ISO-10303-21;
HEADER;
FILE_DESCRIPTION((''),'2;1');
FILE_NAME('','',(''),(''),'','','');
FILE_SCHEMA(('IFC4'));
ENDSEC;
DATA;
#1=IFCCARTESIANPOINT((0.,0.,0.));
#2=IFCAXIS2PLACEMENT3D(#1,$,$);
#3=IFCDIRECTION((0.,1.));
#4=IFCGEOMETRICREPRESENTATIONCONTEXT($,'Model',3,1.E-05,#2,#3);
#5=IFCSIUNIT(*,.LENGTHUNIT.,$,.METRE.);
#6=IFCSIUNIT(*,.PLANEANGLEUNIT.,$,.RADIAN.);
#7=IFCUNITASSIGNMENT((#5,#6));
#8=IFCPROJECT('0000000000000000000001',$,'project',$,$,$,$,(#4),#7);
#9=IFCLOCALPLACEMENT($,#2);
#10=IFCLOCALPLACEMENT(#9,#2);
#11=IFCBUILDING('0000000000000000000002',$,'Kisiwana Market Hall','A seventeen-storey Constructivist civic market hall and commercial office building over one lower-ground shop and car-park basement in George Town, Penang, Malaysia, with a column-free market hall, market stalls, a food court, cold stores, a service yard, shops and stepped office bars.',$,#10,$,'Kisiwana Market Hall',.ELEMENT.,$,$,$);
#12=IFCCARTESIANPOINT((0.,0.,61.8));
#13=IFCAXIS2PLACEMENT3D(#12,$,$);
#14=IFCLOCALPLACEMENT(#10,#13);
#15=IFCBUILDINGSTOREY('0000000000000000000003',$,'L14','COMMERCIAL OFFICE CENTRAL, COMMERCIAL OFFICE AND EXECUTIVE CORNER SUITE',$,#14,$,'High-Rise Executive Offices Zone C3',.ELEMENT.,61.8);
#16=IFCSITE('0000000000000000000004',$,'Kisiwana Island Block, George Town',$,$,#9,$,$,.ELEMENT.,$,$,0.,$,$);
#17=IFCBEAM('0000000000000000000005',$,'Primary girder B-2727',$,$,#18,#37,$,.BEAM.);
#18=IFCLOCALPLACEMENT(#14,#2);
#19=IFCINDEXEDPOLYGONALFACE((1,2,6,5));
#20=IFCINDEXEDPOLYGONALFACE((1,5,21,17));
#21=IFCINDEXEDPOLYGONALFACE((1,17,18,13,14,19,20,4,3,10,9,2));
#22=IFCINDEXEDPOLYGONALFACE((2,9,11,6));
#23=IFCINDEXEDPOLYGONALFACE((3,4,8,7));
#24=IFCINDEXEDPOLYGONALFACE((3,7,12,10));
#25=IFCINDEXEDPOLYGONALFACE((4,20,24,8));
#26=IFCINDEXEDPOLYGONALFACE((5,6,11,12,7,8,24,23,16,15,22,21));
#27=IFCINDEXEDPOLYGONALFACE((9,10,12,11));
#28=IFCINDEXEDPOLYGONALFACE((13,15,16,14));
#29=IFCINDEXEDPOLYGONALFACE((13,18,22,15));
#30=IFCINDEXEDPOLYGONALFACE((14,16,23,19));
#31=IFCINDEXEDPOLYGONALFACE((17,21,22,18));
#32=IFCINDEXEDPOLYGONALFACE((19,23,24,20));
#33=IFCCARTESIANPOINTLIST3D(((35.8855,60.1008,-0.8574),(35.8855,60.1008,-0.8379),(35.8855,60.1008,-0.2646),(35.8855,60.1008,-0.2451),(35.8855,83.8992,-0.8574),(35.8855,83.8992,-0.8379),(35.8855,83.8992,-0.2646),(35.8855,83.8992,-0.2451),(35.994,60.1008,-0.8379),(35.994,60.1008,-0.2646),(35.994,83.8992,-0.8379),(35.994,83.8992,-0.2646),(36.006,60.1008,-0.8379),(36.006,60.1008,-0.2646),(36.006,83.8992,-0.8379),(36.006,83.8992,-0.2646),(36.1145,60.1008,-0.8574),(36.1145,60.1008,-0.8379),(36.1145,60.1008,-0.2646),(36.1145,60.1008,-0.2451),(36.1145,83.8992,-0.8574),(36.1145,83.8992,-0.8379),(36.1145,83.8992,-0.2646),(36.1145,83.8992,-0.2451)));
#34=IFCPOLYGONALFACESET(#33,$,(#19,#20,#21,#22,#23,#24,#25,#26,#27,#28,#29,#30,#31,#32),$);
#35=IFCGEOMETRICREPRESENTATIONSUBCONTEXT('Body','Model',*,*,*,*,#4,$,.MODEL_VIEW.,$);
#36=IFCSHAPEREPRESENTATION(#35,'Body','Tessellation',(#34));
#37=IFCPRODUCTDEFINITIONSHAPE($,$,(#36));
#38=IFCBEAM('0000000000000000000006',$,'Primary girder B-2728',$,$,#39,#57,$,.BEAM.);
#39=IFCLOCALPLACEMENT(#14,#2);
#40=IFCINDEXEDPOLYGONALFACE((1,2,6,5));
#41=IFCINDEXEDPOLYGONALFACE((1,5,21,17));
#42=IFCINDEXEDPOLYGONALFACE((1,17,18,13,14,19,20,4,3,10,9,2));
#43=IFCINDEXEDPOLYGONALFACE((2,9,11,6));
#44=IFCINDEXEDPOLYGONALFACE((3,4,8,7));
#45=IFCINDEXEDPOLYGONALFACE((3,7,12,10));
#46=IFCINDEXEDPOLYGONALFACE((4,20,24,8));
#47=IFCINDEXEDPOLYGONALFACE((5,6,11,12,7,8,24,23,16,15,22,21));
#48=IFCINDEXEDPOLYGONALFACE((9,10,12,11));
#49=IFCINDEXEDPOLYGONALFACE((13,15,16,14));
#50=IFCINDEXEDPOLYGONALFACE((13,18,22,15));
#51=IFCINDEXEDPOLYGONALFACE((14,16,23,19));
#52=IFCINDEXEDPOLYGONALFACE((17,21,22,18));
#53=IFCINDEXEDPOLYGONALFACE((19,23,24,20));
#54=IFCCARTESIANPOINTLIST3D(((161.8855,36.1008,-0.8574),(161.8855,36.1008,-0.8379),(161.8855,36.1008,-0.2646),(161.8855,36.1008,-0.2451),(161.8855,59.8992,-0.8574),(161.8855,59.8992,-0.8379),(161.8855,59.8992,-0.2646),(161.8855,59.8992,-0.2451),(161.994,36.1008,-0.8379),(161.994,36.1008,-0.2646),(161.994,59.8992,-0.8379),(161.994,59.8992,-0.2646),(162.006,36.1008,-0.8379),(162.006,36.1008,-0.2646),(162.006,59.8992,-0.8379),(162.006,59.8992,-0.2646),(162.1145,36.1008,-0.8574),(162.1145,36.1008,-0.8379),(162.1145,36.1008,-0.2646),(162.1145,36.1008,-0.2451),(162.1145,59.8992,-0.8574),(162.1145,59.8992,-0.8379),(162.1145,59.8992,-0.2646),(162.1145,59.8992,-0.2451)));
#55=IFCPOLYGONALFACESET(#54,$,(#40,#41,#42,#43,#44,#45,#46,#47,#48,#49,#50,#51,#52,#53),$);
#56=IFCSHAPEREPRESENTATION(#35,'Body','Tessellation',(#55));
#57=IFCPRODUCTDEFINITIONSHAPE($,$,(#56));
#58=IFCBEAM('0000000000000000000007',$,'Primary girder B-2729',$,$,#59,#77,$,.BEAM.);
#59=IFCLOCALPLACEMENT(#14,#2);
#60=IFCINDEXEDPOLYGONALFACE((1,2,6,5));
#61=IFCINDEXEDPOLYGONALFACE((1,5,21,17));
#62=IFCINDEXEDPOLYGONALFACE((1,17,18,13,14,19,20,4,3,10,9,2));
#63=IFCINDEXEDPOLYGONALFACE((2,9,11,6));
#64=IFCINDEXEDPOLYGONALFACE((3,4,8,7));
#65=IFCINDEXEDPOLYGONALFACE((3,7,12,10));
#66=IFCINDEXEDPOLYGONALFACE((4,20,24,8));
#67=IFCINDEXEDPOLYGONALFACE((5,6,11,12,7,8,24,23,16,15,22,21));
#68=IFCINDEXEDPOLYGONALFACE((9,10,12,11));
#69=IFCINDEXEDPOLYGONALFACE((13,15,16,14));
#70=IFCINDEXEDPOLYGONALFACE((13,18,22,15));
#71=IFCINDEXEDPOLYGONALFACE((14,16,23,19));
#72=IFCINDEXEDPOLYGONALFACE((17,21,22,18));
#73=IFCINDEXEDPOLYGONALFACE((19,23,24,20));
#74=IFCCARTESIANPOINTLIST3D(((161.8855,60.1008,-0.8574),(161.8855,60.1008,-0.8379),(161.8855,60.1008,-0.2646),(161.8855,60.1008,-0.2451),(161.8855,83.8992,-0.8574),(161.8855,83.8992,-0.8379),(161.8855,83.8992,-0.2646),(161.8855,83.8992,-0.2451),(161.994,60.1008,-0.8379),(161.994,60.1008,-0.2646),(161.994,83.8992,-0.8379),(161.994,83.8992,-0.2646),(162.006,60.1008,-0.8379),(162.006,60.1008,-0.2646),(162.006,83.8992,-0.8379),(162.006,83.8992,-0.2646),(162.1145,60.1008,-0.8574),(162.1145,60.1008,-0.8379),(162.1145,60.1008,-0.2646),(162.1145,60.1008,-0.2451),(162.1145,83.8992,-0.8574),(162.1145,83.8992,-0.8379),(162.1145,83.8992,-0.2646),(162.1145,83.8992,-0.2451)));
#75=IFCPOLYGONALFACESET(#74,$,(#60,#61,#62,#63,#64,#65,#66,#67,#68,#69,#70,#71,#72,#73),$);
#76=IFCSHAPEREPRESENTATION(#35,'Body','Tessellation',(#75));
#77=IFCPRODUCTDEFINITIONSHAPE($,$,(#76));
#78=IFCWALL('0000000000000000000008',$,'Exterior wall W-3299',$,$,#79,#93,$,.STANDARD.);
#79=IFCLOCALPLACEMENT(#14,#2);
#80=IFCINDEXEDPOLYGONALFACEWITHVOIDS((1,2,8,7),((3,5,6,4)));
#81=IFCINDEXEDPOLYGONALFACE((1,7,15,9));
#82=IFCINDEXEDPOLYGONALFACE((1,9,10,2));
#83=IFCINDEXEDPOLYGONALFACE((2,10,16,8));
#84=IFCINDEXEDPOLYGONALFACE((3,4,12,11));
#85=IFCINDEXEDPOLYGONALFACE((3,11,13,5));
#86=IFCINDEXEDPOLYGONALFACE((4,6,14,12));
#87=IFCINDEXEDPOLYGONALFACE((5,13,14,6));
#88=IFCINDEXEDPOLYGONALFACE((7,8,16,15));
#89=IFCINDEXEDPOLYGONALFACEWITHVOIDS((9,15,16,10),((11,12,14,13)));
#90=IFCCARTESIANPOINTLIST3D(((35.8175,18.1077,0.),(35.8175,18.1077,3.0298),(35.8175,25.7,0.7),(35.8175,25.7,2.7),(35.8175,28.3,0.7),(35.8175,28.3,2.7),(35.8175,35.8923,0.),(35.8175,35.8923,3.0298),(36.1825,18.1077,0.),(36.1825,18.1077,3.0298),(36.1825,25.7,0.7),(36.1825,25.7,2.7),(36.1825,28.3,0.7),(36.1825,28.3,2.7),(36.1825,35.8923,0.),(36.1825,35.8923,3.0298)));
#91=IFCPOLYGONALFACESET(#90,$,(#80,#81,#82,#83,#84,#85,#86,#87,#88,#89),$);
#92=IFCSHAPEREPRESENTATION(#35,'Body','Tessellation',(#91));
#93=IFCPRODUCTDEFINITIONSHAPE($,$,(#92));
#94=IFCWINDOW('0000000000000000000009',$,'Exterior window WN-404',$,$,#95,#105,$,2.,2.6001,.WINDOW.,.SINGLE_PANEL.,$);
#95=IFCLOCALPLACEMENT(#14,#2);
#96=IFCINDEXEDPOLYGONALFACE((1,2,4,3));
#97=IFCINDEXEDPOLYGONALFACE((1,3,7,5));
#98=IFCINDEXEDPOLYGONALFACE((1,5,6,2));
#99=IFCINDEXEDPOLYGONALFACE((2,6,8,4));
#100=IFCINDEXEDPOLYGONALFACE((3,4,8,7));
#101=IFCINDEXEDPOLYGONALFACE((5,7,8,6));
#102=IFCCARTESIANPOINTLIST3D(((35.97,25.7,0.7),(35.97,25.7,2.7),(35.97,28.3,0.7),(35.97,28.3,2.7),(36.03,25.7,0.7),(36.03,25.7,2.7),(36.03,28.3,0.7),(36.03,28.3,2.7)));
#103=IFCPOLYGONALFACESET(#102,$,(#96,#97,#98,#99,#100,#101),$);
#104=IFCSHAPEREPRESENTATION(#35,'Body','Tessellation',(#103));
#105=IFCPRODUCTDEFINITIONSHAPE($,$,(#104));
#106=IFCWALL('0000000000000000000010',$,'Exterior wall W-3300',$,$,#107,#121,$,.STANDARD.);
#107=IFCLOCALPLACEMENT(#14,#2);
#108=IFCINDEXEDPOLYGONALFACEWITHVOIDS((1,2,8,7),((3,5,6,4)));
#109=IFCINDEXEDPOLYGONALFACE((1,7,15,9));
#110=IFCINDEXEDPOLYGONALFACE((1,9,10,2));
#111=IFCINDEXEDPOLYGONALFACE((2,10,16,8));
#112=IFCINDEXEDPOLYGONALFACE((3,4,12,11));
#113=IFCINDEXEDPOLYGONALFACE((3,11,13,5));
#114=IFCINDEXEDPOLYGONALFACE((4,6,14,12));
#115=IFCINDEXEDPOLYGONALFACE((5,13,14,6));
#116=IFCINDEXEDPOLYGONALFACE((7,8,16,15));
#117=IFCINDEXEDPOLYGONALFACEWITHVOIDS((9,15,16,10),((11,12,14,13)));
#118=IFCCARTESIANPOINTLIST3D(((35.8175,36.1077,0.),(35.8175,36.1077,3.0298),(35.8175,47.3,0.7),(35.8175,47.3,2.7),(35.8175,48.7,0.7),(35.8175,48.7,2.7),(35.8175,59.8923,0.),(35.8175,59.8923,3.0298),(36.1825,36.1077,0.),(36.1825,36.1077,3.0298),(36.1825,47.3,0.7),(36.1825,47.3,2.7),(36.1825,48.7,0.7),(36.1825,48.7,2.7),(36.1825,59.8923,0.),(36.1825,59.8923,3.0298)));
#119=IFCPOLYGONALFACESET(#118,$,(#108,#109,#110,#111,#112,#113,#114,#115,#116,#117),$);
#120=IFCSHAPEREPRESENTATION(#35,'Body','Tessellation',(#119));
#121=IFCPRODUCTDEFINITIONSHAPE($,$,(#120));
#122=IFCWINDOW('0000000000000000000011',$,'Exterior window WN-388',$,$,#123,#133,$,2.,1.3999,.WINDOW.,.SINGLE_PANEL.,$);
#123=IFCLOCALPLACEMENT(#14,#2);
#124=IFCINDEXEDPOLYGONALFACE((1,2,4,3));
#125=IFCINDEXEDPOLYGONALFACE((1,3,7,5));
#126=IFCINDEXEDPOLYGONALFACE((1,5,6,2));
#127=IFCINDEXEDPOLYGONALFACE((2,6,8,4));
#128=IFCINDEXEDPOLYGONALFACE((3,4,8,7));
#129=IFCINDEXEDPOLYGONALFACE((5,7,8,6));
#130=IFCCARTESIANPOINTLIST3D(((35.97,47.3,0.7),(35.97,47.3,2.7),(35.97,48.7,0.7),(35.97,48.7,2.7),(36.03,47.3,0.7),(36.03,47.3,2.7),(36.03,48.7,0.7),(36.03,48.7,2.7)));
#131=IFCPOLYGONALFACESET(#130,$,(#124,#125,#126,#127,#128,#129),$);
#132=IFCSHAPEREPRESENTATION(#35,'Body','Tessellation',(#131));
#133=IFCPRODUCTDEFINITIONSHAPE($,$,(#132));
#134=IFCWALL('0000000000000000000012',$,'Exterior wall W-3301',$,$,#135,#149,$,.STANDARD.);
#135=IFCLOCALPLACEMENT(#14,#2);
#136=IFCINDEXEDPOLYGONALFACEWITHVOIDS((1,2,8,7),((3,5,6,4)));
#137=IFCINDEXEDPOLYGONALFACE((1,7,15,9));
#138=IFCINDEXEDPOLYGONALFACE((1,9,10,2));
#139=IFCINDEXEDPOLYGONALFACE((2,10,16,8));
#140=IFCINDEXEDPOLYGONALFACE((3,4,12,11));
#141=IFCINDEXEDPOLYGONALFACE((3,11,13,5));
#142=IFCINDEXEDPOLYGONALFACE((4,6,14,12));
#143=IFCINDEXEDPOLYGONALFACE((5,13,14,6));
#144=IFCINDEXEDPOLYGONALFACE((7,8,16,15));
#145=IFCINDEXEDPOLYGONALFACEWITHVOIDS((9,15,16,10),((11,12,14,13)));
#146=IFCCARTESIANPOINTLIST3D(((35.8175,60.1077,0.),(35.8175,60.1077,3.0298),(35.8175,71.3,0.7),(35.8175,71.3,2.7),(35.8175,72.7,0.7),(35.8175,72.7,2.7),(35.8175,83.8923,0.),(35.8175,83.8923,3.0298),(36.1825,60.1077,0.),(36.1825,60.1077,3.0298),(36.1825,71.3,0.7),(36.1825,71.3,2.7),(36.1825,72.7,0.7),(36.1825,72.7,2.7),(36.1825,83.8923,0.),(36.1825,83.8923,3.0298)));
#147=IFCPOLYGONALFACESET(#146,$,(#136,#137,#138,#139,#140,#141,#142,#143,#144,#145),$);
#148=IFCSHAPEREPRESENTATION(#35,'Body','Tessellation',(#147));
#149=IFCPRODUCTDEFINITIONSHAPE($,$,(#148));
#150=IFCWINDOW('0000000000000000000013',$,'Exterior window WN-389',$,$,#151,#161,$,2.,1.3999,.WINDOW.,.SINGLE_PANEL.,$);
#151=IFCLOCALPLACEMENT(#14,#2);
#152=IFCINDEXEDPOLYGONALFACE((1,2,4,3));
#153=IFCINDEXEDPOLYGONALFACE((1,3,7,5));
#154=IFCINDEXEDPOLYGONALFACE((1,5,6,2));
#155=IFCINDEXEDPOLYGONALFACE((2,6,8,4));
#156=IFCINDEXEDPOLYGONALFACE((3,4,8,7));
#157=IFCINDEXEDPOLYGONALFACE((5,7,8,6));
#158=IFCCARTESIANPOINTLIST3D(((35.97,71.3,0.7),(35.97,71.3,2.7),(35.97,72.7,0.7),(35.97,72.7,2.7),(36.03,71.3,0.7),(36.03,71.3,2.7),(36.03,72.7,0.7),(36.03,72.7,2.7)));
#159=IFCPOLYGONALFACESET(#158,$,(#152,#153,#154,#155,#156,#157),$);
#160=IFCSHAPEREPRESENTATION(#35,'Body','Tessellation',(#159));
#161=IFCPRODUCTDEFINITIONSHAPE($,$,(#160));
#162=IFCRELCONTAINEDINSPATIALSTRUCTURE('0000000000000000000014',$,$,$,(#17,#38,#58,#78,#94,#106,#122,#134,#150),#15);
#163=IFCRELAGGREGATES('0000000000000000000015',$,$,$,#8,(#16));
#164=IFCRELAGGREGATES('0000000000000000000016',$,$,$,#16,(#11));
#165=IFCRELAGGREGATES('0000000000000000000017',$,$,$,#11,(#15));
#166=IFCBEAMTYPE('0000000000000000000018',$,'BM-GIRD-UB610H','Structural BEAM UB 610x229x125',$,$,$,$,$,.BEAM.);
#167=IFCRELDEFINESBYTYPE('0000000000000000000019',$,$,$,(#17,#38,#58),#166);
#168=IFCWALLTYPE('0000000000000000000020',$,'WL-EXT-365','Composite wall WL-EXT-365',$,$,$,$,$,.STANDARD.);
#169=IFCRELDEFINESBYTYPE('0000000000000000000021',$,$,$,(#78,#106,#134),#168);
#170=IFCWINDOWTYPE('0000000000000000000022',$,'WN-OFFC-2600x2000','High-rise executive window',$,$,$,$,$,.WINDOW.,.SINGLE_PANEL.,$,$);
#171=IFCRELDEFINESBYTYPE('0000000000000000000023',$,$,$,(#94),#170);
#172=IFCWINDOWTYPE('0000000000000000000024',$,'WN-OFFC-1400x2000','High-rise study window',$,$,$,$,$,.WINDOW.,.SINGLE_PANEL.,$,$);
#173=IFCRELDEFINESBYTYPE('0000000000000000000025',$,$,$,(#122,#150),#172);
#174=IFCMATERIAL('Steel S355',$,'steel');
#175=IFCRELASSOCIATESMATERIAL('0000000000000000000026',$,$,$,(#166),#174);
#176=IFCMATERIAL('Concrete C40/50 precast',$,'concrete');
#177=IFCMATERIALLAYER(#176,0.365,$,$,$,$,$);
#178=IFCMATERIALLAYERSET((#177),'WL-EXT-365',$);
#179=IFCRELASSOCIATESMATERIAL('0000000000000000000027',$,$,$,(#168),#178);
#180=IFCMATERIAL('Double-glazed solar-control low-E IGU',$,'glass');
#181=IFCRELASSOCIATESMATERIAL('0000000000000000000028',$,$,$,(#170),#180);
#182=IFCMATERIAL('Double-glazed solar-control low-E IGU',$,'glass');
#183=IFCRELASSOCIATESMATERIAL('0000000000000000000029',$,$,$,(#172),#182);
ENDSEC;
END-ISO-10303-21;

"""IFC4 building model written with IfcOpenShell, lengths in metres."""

from ifc_helpers import new_model, si_unit, direction, frame, frame_2d, origin, origin_2d, place, context, subcontext, project, spatial, rectangle, i_section, extrude, material, layer, layer_set, material_profile, profile_set, type_object, element, fill, save


model = new_model("IFC4")

# Units and contexts
model_context = context("Model", 3, precision=1e-05, world=origin(), true_north=direction((0.0, 1.0)))
body_context = subcontext(model_context, "Body", "Model", "MODEL_VIEW")
ifc_project = project(units=[si_unit("LENGTHUNIT", "METRE"), si_unit("PLANEANGLEUNIT", "RADIAN")], contexts=[model_context])

# Site, building, storey
site_placement = place(None, origin())
site = spatial("IfcSite", under=ifc_project, at=site_placement, Name="Kisiwana Island Block, George Town", CompositionType="ELEMENT", RefElevation=0.0)
building_placement = place(site_placement, origin())
building = spatial("IfcBuilding", under=site, at=building_placement, Name="Kisiwana Market Hall", Description="A seventeen-storey Constructivist civic market hall and commercial office building over one lower-ground shop and car-park basement in George Town, Penang, Malaysia, with a column-free market hall, market stalls, a food court, cold stores, a service yard, shops and stepped office bars.", LongName="Kisiwana Market Hall", CompositionType="ELEMENT")
storey_placement = place(building_placement, frame((0.0, 0.0, 61.8)))
storey = spatial("IfcBuildingStorey", under=building, at=storey_placement, Name="L14", Description="COMMERCIAL OFFICE CENTRAL, COMMERCIAL OFFICE AND EXECUTIVE CORNER SUITE", LongName="High-Rise Executive Offices Zone C3", CompositionType="ELEMENT", Elevation=61.8)

# Beams
ifc_material_1 = material(Name="Steel S355", Category="steel")
ifc_material_profile_1 = material_profile(ifc_material_1, i_section(OverallWidth=0.229, OverallDepth=0.6123, WebThickness=0.012, FlangeThickness=0.0195, at=origin_2d()), Name="UB 610x229x125")
ifc_profile_set_1 = profile_set([ifc_material_profile_1], Name="Steel S355")
beam_type = type_object("IfcBeamType", Name="BM-GIRD-UB610H", Description="Structural BEAM UB 610x229x125", PredefinedType="BEAM", material=ifc_profile_set_1)
for number, where, z_axis, x_axis, name in (
    (1, (36.0, 60.1008, -0.5513), (0.0, 1.0, 0.0), (-1.0, 0.0, 0.0), "Primary girder B-2727"),
    (2, (162.0, 36.1008, -0.5513), (0.0, 1.0, 0.0), (-1.0, 0.0, 0.0), "Primary girder B-2728"),
    (3, (162.0, 60.1008, -0.5513), (0.0, 1.0, 0.0), (-1.0, 0.0, 0.0), "Primary girder B-2729"),
):
    element("IfcBeam", number, at=place(storey_placement, frame(where, z_axis=z_axis, x_axis=x_axis)), inside=storey, type_object=beam_type, Name=name, PredefinedType="BEAM", context=body_context, shape_type="SweptSolid", body=[
        extrude(i_section(OverallWidth=0.229, OverallDepth=0.6123, WebThickness=0.012, FlangeThickness=0.0195, at=origin_2d()), origin(), (0.0, 0.0, 1.0), 23.7983),
    ])

# Walls, openings, windows
ifc_material_2 = material(Name="Concrete C40/50 precast", Category="concrete")
ifc_layer = layer(ifc_material_2, 0.365)
ifc_layer_set = layer_set([ifc_layer], Name="WL-EXT-365")
wall_type = type_object("IfcWallType", Name="WL-EXT-365", Description="Composite wall WL-EXT-365", PredefinedType="STANDARD", material=ifc_layer_set)
wall_1_placement = place(storey_placement, frame((36.0, 18.1077, 0.0), z_axis=(0.0, 0.0, 1.0), x_axis=(0.0, 1.0, 0.0)))
wall_1 = element("IfcWall", 4, at=wall_1_placement, inside=storey, type_object=wall_type, Name="Exterior wall W-3299", PredefinedType="STANDARD", context=body_context, shape_type="SweptSolid", body=[
    extrude(rectangle(XDim=17.7847, YDim=0.365, at=frame_2d((8.8923, 0.0))), origin(), (0.0, 0.0, 1.0), 3.0298),
])
opening_1_placement = place(wall_1_placement, frame((7.5923, 0.0, 0.7)))
opening_1 = element("IfcOpeningElement", 5, at=opening_1_placement, cuts=wall_1, PredefinedType="OPENING", context=body_context, shape_type="SweptSolid", body=[
    extrude(rectangle(XDim=2.6001, YDim=2.0, at=frame_2d((1.3, 1.0))), frame((0.0, 0.1943, 0.0), z_axis=(0.0, -1.0, 0.0), x_axis=(1.0, 0.0, 0.0)), (0.0, 0.0, 1.0), 0.3889),
])
ifc_material_3 = material(Name="Double-glazed solar-control low-E IGU", Category="glass")
window_type_1 = type_object("IfcWindowType", Name="WN-OFFC-2600x2000", Description="High-rise executive window", PartitioningType="SINGLE_PANEL", PredefinedType="WINDOW", material=ifc_material_3)
window_1_placement = place(opening_1_placement, origin())
window_1 = element("IfcWindow", 6, at=window_1_placement, inside=storey, type_object=window_type_1, Name="Exterior window WN-404", OverallHeight=2.0, OverallWidth=2.6001, PartitioningType="SINGLE_PANEL", PredefinedType="WINDOW", context=body_context, shape_type="SweptSolid", body=[
    extrude(rectangle(XDim=2.6001, YDim=2.0, at=frame_2d((1.3, 1.0))), frame((0.0, 0.03, 0.0), z_axis=(0.0, -1.0, 0.0), x_axis=(1.0, 0.0, 0.0)), (0.0, 0.0, 1.0), 0.0601),
])
fill(opening_1, window_1)
wall_2_placement = place(storey_placement, frame((36.0, 36.1077, 0.0), z_axis=(0.0, 0.0, 1.0), x_axis=(0.0, 1.0, 0.0)))
wall_2 = element("IfcWall", 7, at=wall_2_placement, inside=storey, type_object=wall_type, Name="Exterior wall W-3300", PredefinedType="STANDARD", context=body_context, shape_type="SweptSolid", body=[
    extrude(rectangle(XDim=23.7847, YDim=0.365, at=frame_2d((11.8923, 0.0))), origin(), (0.0, 0.0, 1.0), 3.0298),
])
opening_2_placement = place(wall_2_placement, frame((11.1924, 0.0, 0.7)))
opening_2 = element("IfcOpeningElement", 8, at=opening_2_placement, cuts=wall_2, PredefinedType="OPENING", context=body_context, shape_type="SweptSolid", body=[
    extrude(rectangle(XDim=1.3999, YDim=2.0, at=frame_2d((0.7, 1.0))), frame((0.0, 0.1943, 0.0), z_axis=(0.0, -1.0, 0.0), x_axis=(1.0, 0.0, 0.0)), (0.0, 0.0, 1.0), 0.3889),
])
ifc_material_4 = material(Name="Double-glazed solar-control low-E IGU", Category="glass")
window_type_2 = type_object("IfcWindowType", Name="WN-OFFC-1400x2000", Description="High-rise study window", PartitioningType="SINGLE_PANEL", PredefinedType="WINDOW", material=ifc_material_4)
window_2_placement = place(opening_2_placement, origin())
window_2 = element("IfcWindow", 9, at=window_2_placement, inside=storey, type_object=window_type_2, Name="Exterior window WN-388", OverallHeight=2.0, OverallWidth=1.3999, PartitioningType="SINGLE_PANEL", PredefinedType="WINDOW", context=body_context, shape_type="SweptSolid", body=[
    extrude(rectangle(XDim=1.3999, YDim=2.0, at=frame_2d((0.7, 1.0))), frame((0.0, 0.03, 0.0), z_axis=(0.0, -1.0, 0.0), x_axis=(1.0, 0.0, 0.0)), (0.0, 0.0, 1.0), 0.0601),
])
fill(opening_2, window_2)
wall_3_placement = place(storey_placement, frame((36.0, 60.1077, 0.0), z_axis=(0.0, 0.0, 1.0), x_axis=(0.0, 1.0, 0.0)))
wall_3 = element("IfcWall", 10, at=wall_3_placement, inside=storey, type_object=wall_type, Name="Exterior wall W-3301", PredefinedType="STANDARD", context=body_context, shape_type="SweptSolid", body=[
    extrude(rectangle(XDim=23.7847, YDim=0.365, at=frame_2d((11.8923, 0.0))), origin(), (0.0, 0.0, 1.0), 3.0298),
])
opening_3_placement = place(wall_3_placement, frame((11.1924, 0.0, 0.7)))
opening_3 = element("IfcOpeningElement", 11, at=opening_3_placement, cuts=wall_3, PredefinedType="OPENING", context=body_context, shape_type="SweptSolid", body=[
    extrude(rectangle(XDim=1.3999, YDim=2.0, at=frame_2d((0.7, 1.0))), frame((0.0, 0.1943, 0.0), z_axis=(0.0, -1.0, 0.0), x_axis=(1.0, 0.0, 0.0)), (0.0, 0.0, 1.0), 0.3889),
])
window_3_placement = place(opening_3_placement, origin())
window_3 = element("IfcWindow", 12, at=window_3_placement, inside=storey, type_object=window_type_2, Name="Exterior window WN-389", OverallHeight=2.0, OverallWidth=1.3999, PartitioningType="SINGLE_PANEL", PredefinedType="WINDOW", context=body_context, shape_type="SweptSolid", body=[
    extrude(rectangle(XDim=1.3999, YDim=2.0, at=frame_2d((0.7, 1.0))), frame((0.0, 0.03, 0.0), z_axis=(0.0, -1.0, 0.0), x_axis=(1.0, 0.0, 0.0)), (0.0, 0.0, 1.0), 0.0601),
])
fill(opening_3, window_3)

save(model, "model.ifc")
